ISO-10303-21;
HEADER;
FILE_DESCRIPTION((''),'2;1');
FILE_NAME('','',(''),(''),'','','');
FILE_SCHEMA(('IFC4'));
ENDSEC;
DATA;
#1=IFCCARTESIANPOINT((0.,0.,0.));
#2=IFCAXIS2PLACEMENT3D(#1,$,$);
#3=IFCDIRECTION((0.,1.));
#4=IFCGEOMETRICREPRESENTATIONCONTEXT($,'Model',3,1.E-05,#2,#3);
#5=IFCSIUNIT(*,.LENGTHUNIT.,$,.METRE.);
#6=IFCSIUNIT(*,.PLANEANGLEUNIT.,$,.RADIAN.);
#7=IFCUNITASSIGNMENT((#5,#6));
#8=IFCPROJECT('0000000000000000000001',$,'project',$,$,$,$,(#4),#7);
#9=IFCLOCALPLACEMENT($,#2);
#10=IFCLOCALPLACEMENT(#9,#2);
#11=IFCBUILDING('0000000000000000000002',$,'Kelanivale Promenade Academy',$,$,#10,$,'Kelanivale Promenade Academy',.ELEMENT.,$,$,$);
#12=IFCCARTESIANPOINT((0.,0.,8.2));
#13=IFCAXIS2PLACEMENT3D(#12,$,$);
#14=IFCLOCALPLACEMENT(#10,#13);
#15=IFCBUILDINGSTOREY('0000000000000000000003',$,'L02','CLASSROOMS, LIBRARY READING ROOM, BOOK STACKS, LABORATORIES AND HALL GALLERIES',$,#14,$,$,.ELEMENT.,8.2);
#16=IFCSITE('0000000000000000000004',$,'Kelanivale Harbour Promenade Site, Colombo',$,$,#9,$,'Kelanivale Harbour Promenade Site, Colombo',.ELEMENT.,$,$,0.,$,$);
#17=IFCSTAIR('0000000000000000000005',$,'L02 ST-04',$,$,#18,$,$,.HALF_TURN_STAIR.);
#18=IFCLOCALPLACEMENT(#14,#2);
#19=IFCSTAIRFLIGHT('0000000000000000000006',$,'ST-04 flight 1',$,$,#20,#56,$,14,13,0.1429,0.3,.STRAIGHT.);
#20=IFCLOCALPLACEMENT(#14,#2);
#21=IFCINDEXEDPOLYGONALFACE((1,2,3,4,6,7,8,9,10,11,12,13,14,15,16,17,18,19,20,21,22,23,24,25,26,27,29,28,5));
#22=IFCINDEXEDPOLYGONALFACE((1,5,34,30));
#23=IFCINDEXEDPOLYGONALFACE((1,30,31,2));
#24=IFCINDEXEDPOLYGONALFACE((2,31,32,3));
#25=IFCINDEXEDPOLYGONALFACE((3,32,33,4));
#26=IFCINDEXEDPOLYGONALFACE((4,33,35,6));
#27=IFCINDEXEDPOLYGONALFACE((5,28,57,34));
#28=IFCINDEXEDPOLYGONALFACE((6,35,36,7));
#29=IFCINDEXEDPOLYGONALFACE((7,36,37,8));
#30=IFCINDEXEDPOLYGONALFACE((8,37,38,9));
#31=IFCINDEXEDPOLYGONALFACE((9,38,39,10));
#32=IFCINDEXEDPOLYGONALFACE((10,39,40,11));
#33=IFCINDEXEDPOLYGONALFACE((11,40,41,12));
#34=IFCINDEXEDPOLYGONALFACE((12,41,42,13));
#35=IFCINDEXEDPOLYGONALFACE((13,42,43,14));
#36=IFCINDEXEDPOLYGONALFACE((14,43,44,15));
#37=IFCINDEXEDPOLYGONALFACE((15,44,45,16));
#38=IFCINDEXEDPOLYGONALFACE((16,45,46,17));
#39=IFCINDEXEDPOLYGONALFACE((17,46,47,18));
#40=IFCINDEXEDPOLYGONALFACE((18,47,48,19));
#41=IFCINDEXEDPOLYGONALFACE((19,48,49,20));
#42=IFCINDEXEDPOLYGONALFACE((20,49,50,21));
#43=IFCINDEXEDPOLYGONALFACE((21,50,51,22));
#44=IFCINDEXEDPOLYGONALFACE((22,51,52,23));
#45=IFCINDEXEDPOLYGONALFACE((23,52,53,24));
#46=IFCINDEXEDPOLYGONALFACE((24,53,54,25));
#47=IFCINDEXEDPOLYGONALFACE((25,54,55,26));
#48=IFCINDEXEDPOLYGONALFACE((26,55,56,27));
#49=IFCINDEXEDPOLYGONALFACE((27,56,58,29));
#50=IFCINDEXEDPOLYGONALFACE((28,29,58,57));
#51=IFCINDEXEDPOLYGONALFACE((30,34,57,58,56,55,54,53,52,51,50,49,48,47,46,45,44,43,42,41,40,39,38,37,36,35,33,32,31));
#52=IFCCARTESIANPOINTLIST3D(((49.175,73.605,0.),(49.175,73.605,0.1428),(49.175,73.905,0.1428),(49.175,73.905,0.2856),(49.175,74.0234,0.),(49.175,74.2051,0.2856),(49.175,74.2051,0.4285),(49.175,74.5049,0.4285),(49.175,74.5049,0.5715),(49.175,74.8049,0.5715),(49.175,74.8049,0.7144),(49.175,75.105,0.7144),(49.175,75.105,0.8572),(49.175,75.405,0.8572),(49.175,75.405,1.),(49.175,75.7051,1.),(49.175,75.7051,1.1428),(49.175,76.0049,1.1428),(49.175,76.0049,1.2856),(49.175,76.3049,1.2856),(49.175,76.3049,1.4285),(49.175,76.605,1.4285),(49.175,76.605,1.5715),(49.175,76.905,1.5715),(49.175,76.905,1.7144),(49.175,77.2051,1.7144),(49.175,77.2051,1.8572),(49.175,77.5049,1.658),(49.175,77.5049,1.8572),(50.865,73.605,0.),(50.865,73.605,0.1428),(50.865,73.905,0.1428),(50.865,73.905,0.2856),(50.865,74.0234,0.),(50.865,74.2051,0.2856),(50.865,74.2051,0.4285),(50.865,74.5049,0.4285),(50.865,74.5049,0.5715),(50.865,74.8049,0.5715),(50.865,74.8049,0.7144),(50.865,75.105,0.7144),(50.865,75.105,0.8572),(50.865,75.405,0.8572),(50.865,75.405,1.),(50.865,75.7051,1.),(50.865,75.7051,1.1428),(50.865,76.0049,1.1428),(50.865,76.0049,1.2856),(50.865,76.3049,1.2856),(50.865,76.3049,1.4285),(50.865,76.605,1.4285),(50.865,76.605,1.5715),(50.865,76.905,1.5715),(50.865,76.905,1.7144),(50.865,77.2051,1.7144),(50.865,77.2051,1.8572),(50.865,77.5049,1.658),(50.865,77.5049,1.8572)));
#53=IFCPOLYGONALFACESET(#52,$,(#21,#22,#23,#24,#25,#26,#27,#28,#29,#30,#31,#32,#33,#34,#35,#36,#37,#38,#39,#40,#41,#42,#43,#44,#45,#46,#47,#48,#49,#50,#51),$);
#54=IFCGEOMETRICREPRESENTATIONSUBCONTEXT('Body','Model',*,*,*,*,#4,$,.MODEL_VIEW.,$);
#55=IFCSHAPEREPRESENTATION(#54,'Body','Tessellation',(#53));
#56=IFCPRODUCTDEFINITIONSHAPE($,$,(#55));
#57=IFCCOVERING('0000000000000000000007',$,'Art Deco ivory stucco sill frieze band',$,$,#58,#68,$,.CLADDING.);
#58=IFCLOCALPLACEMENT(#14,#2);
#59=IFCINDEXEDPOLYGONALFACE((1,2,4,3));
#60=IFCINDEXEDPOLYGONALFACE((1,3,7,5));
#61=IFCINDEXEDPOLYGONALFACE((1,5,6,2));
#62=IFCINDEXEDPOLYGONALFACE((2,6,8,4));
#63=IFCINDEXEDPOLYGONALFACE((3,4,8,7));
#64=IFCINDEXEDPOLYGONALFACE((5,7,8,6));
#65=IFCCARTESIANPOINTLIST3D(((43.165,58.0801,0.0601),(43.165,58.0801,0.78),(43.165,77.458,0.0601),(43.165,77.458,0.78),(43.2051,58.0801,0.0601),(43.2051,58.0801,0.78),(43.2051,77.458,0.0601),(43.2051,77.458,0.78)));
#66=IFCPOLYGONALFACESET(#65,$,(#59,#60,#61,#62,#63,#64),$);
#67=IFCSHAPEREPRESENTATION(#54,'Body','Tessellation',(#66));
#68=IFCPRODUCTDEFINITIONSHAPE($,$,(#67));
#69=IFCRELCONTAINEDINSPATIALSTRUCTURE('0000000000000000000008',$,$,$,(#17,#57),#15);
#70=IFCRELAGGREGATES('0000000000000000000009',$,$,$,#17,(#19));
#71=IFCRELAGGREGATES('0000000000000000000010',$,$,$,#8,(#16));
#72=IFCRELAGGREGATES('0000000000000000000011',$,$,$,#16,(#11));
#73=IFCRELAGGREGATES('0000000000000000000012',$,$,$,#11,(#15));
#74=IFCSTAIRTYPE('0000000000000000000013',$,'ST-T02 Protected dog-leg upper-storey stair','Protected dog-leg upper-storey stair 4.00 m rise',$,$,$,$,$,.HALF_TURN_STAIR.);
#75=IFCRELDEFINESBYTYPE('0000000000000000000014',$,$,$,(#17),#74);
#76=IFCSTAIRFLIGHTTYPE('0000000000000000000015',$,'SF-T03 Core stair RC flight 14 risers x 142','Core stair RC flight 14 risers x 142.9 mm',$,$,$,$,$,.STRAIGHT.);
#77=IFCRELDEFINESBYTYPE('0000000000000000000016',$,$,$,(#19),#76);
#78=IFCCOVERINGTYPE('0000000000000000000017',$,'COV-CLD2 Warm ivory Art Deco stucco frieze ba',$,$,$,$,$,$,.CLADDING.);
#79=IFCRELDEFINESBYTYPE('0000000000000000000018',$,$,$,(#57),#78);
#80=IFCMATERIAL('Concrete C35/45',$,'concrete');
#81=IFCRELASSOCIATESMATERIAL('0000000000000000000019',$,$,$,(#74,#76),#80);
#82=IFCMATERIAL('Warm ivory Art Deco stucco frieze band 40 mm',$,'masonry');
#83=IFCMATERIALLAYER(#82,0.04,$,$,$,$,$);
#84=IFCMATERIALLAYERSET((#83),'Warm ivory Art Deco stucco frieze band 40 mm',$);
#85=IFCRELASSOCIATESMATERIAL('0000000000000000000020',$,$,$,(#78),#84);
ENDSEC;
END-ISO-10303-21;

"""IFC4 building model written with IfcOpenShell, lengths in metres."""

from ifc_helpers import new_model, si_unit, direction, frame, origin, origin_2d, place, context, subcontext, project, spatial, polyline, rectangle, outline, extrude, material, layer, layer_set, type_object, element, aggregate, save


model = new_model("IFC4")

# Units and contexts
model_context = context("Model", 3, precision=1e-05, world=origin(), true_north=direction((0.0, 1.0)))
body_context = subcontext(model_context, "Body", "Model", "MODEL_VIEW")
ifc_project = project(units=[si_unit("LENGTHUNIT", "METRE"), si_unit("PLANEANGLEUNIT", "RADIAN")], contexts=[model_context])

# Site, building, storey
site_placement = place(None, origin())
site = spatial("IfcSite", under=ifc_project, at=site_placement, Name="Kelanivale Harbour Promenade Site, Colombo", LongName="Kelanivale Harbour Promenade Site, Colombo", CompositionType="ELEMENT", RefElevation=0.0)
building_placement = place(site_placement, origin())
building = spatial("IfcBuilding", under=site, at=building_placement, Name="Kelanivale Promenade Academy", LongName="Kelanivale Promenade Academy", CompositionType="ELEMENT")
storey_placement = place(building_placement, frame((0.0, 0.0, 8.2)))
storey = spatial("IfcBuildingStorey", under=building, at=storey_placement, Name="L02", Description="CLASSROOMS, LIBRARY READING ROOM, BOOK STACKS, LABORATORIES AND HALL GALLERIES", CompositionType="ELEMENT", Elevation=8.2)

# Shared definitions
ifc_material_1 = material(Name="Concrete C35/45", Category="concrete")

# Stair, stair flight
stair_type = type_object("IfcStairType", Name="ST-T02 Protected dog-leg upper-storey stair", Description="Protected dog-leg upper-storey stair 4.00 m rise", PredefinedType="HALF_TURN_STAIR", material=ifc_material_1)
stair_placement = place(storey_placement, origin())
stair = element("IfcStair", 1, at=stair_placement, inside=storey, type_object=stair_type, Name="L02 ST-04", PredefinedType="HALF_TURN_STAIR")
stair_flight_type = type_object("IfcStairFlightType", Name="SF-T03 Core stair RC flight 14 risers x 142", Description="Core stair RC flight 14 risers x 142.9 mm", PredefinedType="STRAIGHT", material=ifc_material_1)
stair_flight_placement = place(storey_placement, frame((50.02, 73.605, 0.0), z_axis=(0.0, 0.0, 1.0), x_axis=(0.0, 1.0, 0.0)))
stair_flight = element("IfcStairFlight", 2, at=stair_flight_placement, type_object=stair_flight_type, Name="ST-04 flight 1", NumberOfRisers=14, NumberOfTreads=13, PredefinedType="STRAIGHT", RiserHeight=0.1429, TreadLength=0.3, context=body_context, shape_type="SweptSolid", body=[
    extrude(outline(polyline([(0.0, 0.0), (0.0, 0.1428), (0.3, 0.1428), (0.3, 0.2856), (0.6001, 0.2856), (0.6001, 0.4285), (0.8999, 0.4285), (0.8999, 0.5715), (1.2, 0.5715), (1.2, 0.7144), (1.5, 0.7144), (1.5, 0.8572), (1.8, 0.8572), (1.8, 1.0), (2.1001, 1.0), (2.1001, 1.1428), (2.3999, 1.1428), (2.3999, 1.2856), (2.7, 1.2856), (2.7, 1.4285), (3.0, 1.4285), (3.0, 1.5715), (3.3, 1.5715), (3.3, 1.7144), (3.6001, 1.7144), (3.6001, 1.8572), (3.8999, 1.8572), (3.8999, 2.0), (3.8999, 1.658), (0.4185, 0.0), (0.0, 0.0)])), frame((0.0, 0.845, 0.0), z_axis=(0.0, -1.0, 0.0), x_axis=(1.0, 0.0, 0.0)), (0.0, 0.0, 1.0), 1.6899),
])
aggregate(stair, [stair_flight])

# Covering
ifc_material_2 = material(Name="Warm ivory Art Deco stucco frieze band 40 mm", Category="masonry")
ifc_layer_1 = layer(ifc_material_2, 0.04)
ifc_layer_set_1 = layer_set([ifc_layer_1], Name="Warm ivory Art Deco stucco frieze band 40 mm")
covering_type = type_object("IfcCoveringType", Name="COV-CLD2 Warm ivory Art Deco stucco frieze ba", PredefinedType="CLADDING", material=ifc_layer_set_1)
covering_placement = place(storey_placement, frame((43.1851, 67.769, 0.0601), z_axis=(0.0, 0.0, 1.0), x_axis=(0.0, -1.0, 0.0)))
element("IfcCovering", 3, at=covering_placement, inside=storey, type_object=covering_type, Name="Art Deco ivory stucco sill frieze band", PredefinedType="CLADDING", context=body_context, shape_type="SweptSolid", body=[
    extrude(rectangle(XDim=19.3779, YDim=0.04, at=origin_2d()), origin(), (0.0, 0.0, 1.0), 0.72),
])

save(model, "model.ifc")
